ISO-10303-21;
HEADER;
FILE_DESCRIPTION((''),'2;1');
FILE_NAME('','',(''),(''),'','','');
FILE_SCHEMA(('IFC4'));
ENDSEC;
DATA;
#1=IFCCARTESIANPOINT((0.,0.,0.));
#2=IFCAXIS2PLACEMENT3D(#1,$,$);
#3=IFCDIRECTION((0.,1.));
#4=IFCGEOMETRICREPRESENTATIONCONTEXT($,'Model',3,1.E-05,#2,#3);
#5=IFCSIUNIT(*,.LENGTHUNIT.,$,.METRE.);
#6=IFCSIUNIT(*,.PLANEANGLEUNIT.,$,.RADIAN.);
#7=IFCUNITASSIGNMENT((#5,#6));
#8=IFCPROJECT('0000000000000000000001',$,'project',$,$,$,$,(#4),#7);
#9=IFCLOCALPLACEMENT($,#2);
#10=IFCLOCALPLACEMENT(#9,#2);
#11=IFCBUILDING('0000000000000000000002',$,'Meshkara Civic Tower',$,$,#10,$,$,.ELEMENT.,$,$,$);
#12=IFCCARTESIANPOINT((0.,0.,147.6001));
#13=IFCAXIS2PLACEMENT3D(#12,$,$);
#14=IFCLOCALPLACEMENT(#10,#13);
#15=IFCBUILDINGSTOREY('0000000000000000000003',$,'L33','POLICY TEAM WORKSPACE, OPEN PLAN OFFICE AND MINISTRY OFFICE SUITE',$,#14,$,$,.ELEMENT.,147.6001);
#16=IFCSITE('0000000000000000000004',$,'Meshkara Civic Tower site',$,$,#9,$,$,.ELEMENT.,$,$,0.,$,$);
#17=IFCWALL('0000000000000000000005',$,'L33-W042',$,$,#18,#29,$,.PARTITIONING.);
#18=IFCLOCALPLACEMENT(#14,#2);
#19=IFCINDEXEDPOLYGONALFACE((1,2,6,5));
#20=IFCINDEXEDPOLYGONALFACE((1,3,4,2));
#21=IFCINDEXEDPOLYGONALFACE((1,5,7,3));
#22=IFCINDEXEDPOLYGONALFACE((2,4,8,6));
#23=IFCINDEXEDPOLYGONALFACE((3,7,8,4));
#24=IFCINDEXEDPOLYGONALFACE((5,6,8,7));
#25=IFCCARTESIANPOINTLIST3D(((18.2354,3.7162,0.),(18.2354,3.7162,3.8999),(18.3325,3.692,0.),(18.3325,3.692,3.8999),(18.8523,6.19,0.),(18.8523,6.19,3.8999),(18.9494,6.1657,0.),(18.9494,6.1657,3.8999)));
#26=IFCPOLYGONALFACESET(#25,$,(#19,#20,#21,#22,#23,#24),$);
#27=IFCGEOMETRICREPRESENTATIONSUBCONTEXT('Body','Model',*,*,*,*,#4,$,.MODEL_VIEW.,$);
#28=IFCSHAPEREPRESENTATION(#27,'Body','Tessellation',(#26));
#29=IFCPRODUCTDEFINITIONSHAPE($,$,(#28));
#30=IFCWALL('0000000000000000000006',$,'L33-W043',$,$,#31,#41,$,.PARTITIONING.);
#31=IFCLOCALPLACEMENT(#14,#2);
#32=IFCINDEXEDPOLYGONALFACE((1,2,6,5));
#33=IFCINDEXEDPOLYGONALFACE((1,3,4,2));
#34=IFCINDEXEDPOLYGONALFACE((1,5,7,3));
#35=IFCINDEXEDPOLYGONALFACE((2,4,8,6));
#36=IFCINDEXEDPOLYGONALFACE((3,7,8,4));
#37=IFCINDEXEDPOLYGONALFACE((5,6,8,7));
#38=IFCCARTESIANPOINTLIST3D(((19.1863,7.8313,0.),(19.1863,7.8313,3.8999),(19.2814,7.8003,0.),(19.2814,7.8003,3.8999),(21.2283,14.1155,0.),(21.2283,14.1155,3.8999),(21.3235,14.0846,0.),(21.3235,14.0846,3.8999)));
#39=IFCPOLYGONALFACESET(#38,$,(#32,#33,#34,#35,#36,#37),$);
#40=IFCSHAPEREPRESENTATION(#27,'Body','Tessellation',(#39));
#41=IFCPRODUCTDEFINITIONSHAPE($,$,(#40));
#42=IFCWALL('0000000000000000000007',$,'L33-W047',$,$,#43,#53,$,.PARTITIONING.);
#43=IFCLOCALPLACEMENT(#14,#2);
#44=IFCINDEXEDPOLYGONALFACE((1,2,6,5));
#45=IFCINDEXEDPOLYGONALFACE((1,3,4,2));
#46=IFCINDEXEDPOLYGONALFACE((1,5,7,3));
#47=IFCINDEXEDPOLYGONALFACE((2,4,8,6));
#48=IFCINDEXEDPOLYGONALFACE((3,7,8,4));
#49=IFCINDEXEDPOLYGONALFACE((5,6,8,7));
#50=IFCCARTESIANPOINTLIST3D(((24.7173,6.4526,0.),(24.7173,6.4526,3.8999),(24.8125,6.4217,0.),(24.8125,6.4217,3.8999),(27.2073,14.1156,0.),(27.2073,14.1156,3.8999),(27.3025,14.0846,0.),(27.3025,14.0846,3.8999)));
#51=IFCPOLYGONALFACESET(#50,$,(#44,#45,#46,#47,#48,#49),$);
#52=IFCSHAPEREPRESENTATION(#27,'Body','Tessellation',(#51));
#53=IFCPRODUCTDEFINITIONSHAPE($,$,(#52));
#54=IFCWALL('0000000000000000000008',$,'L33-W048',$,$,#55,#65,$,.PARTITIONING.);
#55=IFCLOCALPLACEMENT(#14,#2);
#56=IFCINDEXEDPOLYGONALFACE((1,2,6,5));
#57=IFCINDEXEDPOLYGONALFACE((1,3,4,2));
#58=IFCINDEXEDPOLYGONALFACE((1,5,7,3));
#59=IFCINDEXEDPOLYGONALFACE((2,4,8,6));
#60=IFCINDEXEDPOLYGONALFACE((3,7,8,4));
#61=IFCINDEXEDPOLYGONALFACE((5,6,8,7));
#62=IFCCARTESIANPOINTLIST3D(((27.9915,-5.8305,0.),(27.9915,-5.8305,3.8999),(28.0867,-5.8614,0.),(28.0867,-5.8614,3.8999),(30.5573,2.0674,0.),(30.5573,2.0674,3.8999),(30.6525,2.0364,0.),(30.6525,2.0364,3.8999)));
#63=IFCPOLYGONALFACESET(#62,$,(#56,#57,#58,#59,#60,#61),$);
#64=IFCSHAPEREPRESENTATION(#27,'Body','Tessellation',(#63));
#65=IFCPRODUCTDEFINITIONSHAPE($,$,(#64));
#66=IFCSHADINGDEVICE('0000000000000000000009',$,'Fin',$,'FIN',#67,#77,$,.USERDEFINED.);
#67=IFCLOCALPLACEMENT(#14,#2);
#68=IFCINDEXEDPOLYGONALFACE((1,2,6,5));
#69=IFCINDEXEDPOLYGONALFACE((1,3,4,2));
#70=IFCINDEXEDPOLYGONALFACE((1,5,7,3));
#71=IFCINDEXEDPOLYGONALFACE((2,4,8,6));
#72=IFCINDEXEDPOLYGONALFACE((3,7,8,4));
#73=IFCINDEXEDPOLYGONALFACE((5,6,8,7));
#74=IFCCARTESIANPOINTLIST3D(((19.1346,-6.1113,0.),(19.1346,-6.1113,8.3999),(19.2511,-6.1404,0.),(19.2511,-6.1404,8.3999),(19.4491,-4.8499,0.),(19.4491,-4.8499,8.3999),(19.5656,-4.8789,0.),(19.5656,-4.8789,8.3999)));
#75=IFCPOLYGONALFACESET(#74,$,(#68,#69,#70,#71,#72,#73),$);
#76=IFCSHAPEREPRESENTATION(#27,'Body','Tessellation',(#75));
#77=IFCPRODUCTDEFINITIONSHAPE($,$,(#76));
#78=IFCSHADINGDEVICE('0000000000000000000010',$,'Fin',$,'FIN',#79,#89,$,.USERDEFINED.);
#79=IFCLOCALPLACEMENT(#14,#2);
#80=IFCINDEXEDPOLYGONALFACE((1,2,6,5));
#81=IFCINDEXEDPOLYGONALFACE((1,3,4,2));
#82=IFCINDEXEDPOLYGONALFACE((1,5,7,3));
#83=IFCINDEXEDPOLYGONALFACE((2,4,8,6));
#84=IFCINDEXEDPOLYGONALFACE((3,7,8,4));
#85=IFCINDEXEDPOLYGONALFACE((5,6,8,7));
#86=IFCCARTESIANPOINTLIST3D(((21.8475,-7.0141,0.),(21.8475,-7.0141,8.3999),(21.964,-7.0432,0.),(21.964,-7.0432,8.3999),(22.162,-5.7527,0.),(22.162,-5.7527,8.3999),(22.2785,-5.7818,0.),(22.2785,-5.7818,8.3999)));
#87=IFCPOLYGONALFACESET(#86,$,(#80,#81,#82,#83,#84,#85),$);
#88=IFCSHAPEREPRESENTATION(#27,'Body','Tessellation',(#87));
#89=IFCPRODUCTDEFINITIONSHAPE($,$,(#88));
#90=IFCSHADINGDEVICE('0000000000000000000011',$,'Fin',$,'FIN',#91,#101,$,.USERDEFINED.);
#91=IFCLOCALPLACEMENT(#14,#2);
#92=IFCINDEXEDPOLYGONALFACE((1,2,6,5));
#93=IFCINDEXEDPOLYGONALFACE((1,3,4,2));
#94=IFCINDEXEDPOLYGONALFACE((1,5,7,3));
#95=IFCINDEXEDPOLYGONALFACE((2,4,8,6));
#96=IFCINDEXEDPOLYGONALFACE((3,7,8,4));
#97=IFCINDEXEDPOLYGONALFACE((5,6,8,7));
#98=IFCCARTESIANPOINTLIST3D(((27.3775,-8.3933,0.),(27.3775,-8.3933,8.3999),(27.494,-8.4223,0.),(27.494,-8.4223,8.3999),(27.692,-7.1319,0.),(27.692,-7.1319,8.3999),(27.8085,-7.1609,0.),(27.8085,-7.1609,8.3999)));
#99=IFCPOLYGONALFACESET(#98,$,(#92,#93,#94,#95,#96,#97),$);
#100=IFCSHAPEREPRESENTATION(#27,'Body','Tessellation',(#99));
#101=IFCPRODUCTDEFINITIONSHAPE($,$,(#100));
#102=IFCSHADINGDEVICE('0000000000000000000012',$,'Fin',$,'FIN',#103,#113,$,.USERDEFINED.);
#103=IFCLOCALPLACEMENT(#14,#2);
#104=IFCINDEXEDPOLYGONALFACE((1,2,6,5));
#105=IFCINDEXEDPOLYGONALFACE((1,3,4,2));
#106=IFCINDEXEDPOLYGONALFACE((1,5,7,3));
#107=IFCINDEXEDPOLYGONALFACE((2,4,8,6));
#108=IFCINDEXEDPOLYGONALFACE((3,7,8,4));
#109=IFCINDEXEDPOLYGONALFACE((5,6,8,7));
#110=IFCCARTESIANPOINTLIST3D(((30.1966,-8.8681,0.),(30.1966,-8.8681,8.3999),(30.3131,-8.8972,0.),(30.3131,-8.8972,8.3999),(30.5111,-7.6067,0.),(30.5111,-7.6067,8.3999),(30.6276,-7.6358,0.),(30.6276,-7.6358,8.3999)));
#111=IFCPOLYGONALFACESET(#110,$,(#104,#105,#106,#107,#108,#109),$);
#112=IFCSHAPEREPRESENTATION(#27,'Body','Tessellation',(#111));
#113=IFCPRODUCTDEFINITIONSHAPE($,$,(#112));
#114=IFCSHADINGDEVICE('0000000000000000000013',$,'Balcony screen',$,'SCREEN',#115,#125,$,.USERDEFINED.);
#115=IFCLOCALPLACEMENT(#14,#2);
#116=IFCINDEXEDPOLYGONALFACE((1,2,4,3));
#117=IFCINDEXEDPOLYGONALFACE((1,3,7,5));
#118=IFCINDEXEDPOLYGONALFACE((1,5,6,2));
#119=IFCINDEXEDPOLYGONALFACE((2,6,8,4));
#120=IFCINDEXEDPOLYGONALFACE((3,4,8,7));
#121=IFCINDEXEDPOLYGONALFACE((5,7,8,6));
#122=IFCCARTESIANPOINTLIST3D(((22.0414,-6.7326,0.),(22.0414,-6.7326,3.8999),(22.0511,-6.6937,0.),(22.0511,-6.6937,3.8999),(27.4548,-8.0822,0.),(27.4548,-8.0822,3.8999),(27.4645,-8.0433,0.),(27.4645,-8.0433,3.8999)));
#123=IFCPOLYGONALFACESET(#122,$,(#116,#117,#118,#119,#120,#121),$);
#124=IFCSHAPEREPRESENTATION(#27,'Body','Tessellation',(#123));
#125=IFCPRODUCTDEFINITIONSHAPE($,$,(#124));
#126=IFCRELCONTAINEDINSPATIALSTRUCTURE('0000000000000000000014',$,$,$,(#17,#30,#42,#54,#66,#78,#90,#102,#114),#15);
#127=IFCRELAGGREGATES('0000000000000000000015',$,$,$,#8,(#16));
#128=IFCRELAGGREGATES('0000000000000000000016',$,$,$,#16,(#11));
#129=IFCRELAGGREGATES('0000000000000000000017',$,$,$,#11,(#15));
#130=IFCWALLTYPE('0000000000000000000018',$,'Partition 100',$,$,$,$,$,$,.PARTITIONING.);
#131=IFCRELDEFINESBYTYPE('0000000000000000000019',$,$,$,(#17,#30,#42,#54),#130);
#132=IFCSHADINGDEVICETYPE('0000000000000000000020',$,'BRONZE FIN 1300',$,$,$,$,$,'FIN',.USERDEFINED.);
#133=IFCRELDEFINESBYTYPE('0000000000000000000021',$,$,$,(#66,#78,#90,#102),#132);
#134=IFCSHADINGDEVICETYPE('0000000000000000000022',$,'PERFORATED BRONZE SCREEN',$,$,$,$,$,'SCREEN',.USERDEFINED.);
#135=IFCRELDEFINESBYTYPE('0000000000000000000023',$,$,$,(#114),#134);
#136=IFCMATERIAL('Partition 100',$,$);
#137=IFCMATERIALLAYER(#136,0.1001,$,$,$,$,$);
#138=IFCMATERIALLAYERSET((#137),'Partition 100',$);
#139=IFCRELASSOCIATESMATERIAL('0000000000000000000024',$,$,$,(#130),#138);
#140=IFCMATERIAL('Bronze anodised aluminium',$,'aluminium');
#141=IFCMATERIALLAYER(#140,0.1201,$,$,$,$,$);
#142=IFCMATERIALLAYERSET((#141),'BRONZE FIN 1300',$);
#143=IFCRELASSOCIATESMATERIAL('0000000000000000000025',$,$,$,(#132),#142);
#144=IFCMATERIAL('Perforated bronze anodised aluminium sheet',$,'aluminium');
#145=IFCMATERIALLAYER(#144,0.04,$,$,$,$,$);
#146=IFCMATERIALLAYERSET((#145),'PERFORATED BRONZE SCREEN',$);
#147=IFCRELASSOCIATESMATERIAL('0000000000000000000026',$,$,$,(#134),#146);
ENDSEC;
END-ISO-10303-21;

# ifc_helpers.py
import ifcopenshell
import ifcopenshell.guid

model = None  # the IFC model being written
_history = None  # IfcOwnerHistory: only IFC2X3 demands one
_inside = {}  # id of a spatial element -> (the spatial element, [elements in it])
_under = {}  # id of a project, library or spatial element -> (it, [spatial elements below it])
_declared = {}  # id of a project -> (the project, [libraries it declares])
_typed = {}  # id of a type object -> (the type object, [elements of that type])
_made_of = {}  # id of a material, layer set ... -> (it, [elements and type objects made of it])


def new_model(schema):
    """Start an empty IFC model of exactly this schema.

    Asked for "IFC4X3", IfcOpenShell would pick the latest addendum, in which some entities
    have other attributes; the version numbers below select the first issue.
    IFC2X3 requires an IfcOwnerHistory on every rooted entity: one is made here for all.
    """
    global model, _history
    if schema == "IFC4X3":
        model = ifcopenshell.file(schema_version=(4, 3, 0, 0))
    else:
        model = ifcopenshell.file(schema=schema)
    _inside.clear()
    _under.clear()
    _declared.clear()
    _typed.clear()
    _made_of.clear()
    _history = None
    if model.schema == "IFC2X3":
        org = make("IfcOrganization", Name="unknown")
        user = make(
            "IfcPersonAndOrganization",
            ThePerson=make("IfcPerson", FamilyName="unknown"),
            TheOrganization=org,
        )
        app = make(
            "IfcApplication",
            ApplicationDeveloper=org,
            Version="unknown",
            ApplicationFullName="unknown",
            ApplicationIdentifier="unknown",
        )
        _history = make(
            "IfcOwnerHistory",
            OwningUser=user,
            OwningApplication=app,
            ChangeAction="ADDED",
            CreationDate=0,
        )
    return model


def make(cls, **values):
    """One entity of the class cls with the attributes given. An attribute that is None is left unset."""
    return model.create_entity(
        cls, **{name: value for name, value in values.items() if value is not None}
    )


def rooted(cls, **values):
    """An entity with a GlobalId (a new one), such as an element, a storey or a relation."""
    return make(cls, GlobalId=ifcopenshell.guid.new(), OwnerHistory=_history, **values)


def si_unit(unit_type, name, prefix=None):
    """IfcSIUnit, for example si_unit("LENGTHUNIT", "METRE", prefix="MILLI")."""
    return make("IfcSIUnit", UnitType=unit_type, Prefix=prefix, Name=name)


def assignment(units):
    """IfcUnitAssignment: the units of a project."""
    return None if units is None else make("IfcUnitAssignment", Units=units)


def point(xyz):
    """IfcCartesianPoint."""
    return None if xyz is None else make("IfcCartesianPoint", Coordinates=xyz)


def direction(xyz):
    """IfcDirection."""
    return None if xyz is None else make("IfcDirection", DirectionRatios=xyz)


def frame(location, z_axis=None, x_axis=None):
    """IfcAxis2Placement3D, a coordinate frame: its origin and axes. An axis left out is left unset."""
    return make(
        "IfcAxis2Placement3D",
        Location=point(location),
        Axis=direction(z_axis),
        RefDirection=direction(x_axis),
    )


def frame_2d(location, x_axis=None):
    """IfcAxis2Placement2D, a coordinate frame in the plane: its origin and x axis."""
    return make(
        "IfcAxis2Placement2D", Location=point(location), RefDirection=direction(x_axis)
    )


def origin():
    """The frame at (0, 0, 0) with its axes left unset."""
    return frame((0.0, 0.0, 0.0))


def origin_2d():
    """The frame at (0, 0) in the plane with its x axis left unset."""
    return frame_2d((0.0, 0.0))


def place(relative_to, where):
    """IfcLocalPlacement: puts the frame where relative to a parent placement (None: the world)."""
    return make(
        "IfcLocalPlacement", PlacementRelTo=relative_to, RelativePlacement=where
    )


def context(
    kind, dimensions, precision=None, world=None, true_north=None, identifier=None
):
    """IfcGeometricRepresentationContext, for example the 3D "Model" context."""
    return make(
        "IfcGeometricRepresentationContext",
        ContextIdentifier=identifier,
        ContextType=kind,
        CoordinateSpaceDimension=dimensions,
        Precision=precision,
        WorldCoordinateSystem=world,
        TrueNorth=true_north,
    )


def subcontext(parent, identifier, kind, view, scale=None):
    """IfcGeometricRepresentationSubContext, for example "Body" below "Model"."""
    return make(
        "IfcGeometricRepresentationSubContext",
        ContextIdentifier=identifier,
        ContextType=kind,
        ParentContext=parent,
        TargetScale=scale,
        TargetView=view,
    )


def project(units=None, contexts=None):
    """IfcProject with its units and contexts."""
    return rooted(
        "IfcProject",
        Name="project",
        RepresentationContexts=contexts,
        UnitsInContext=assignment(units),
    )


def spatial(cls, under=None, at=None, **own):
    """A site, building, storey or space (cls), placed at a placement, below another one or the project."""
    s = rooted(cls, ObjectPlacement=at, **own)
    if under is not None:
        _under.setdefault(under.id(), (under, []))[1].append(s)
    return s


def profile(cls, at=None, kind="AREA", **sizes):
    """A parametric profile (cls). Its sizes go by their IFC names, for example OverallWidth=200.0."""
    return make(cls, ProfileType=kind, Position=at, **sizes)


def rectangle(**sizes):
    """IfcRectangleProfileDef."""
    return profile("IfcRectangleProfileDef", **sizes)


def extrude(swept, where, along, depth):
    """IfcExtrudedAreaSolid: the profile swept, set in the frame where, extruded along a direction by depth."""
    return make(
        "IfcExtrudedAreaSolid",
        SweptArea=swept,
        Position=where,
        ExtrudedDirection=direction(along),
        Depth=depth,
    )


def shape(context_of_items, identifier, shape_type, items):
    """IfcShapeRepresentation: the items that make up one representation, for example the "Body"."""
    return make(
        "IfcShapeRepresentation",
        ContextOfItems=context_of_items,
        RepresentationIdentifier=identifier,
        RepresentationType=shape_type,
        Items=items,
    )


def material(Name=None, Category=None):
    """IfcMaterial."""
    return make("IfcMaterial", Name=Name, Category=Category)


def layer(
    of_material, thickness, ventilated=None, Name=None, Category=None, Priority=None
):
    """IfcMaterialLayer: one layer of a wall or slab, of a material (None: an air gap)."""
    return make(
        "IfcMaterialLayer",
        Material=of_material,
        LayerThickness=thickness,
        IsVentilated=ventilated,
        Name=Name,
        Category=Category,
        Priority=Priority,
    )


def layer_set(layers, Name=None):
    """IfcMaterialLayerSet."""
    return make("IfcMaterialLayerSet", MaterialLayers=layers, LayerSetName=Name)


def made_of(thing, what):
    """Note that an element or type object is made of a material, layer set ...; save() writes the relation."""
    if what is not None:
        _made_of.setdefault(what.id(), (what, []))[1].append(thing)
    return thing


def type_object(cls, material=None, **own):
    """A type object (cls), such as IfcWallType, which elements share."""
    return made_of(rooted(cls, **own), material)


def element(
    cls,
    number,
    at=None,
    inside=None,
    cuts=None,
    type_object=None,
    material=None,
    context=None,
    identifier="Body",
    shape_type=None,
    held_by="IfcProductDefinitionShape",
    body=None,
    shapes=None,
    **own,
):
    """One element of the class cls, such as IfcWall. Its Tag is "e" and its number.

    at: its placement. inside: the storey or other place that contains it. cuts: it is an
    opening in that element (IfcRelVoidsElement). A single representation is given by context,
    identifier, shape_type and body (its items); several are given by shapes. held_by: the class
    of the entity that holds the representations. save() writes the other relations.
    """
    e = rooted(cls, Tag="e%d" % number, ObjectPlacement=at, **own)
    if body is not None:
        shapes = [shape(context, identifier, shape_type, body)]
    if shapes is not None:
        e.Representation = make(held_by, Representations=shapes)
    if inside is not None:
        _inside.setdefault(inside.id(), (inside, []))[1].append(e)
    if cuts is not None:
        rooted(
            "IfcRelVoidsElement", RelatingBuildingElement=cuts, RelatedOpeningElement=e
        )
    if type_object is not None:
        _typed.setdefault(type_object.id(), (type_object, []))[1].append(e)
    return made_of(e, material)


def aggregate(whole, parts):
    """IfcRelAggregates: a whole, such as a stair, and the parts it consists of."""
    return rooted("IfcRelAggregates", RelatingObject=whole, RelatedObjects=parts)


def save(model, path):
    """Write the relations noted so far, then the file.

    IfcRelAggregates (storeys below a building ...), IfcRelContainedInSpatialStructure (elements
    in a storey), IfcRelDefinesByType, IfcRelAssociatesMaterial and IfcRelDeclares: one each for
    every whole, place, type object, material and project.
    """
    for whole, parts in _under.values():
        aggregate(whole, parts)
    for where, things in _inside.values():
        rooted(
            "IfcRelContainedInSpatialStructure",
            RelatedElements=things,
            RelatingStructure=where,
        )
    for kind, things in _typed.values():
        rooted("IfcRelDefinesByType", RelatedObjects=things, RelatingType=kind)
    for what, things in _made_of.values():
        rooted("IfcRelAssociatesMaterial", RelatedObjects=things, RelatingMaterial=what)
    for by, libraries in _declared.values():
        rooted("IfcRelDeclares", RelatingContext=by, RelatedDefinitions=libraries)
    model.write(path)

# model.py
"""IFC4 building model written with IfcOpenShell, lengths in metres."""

from ifc_helpers import new_model, si_unit, direction, frame, frame_2d, origin, origin_2d, place, context, subcontext, project, spatial, rectangle, extrude, material, layer, layer_set, type_object, element, save


model = new_model("IFC4")

# Units and contexts
model_context = context("Model", 3, precision=1e-05, world=origin(), true_north=direction((0.0, 1.0)))
body_context = subcontext(model_context, "Body", "Model", "MODEL_VIEW")
ifc_project = project(units=[si_unit("LENGTHUNIT", "METRE"), si_unit("PLANEANGLEUNIT", "RADIAN")], contexts=[model_context])

# Site, building, storey
site_placement = place(None, origin())
site = spatial("IfcSite", under=ifc_project, at=site_placement, Name="Meshkara Civic Tower site", CompositionType="ELEMENT", RefElevation=0.0)
building_placement = place(site_placement, origin())
building = spatial("IfcBuilding", under=site, at=building_placement, Name="Meshkara Civic Tower", CompositionType="ELEMENT")
storey_placement = place(building_placement, frame((0.0, 0.0, 147.6001)))
storey = spatial("IfcBuildingStorey", under=building, at=storey_placement, Name="L33", Description="POLICY TEAM WORKSPACE, OPEN PLAN OFFICE AND MINISTRY OFFICE SUITE", CompositionType="ELEMENT", Elevation=147.6001)

# Walls
ifc_material_1 = material(Name="Partition 100")
ifc_layer_1 = layer(ifc_material_1, 0.1001)
ifc_layer_set_1 = layer_set([ifc_layer_1], Name="Partition 100")
wall_type_1 = type_object("IfcWallType", Name="Partition 100", PredefinedType="PARTITIONING", material=ifc_layer_set_1)
wall_1_placement = place(storey_placement, frame((18.9009, 6.178, 0.0), z_axis=(0.0, 0.0, 1.0), x_axis=(-0.241972, -0.970283, 0.0)))
element("IfcWall", 1, at=wall_1_placement, inside=storey, type_object=wall_type_1, Name="L33-W042", PredefinedType="PARTITIONING", context=body_context, shape_type="SweptSolid", body=[
    extrude(rectangle(XDim=2.5496, YDim=0.1001, at=frame_2d((1.2749, 0.0))), origin(), (0.0, 0.0, 1.0), 3.8999),
])
wall_2_placement = place(storey_placement, frame((19.2339, 7.8159, 0.0), z_axis=(0.0, 0.0, 1.0), x_axis=(0.309036, 0.95105, 0.0)))
element("IfcWall", 2, at=wall_2_placement, inside=storey, type_object=wall_type_1, Name="L33-W043", PredefinedType="PARTITIONING", context=body_context, shape_type="SweptSolid", body=[
    extrude(rectangle(XDim=6.6077, YDim=0.1001, at=frame_2d((3.3037, 0.0))), origin(), (0.0, 0.0, 1.0), 3.8999),
])
wall_3_placement = place(storey_placement, frame((24.7649, 6.437, 0.0), z_axis=(0.0, 0.0, 1.0), x_axis=(0.309029, 0.951053, 0.0)))
element("IfcWall", 3, at=wall_3_placement, inside=storey, type_object=wall_type_1, Name="L33-W047", PredefinedType="PARTITIONING", context=body_context, shape_type="SweptSolid", body=[
    extrude(rectangle(XDim=8.0574, YDim=0.1001, at=frame_2d((4.0288, 0.0))), origin(), (0.0, 0.0, 1.0), 3.8999),
])
wall_4_placement = place(storey_placement, frame((28.0391, -5.8459, 0.0), z_axis=(0.0, 0.0, 1.0), x_axis=(0.308986, 0.951066, 0.0)))
element("IfcWall", 4, at=wall_4_placement, inside=storey, type_object=wall_type_1, Name="L33-W048", PredefinedType="PARTITIONING", context=body_context, shape_type="SweptSolid", body=[
    extrude(rectangle(XDim=8.3042, YDim=0.1001, at=frame_2d((4.1521, 0.0))), origin(), (0.0, 0.0, 1.0), 3.8999),
])

# Shading devices
ifc_material_2 = material(Name="Bronze anodised aluminium", Category="aluminium")
ifc_layer_2 = layer(ifc_material_2, 0.1201)
ifc_layer_set_2 = layer_set([ifc_layer_2], Name="BRONZE FIN 1300")
shading_device_type_1 = type_object("IfcShadingDeviceType", Name="BRONZE FIN 1300", ElementType="FIN", PredefinedType="USERDEFINED", material=ifc_layer_set_2)
for number, where, z_axis, x_axis, name in (
    (5, (19.3501, -5.4951, 0.0), (0.0, 0.0, 1.0), (0.9703, -0.241905, 0.0), "Fin"),
    (6, (22.063, -6.3979, 0.0), (0.0, 0.0, 1.0), (0.9703, -0.241905, 0.0), "Fin"),
    (7, (27.593, -7.7771, 0.0), (0.0, 0.0, 1.0), (0.9703, -0.241905, 0.0), "Fin"),
    (8, (30.4121, -8.252, 0.0), (0.0, 0.0, 1.0), (0.9703, -0.241905, 0.0), "Fin"),
):
    element("IfcShadingDevice", number, at=place(storey_placement, frame(where, z_axis=z_axis, x_axis=x_axis)), inside=storey, type_object=shading_device_type_1, Name=name, ObjectType="FIN", PredefinedType="USERDEFINED", context=body_context, shape_type="SweptSolid", body=[
        extrude(rectangle(XDim=0.1201, YDim=1.3, at=origin_2d()), origin(), (0.0, 0.0, 1.0), 8.3999),
    ])
ifc_material_3 = material(Name="Perforated bronze anodised aluminium sheet", Category="aluminium")
ifc_layer_3 = layer(ifc_material_3, 0.04)
ifc_layer_set_3 = layer_set([ifc_layer_3], Name="PERFORATED BRONZE SCREEN")
shading_device_type_2 = type_object("IfcShadingDeviceType", Name="PERFORATED BRONZE SCREEN", ElementType="SCREEN", PredefinedType="USERDEFINED", material=ifc_layer_set_3)
shading_device_placement = place(storey_placement, frame((24.7529, -7.3879, 0.0), z_axis=(0.0, 0.0, 1.0), x_axis=(0.9703, -0.241905, 0.0)))
element("IfcShadingDevice", 9, at=shading_device_placement, inside=storey, type_object=shading_device_type_2, Name="Balcony screen", ObjectType="SCREEN", PredefinedType="USERDEFINED", context=body_context, shape_type="SweptSolid", body=[
    extrude(rectangle(XDim=5.5791, YDim=0.04, at=origin_2d()), origin(), (0.0, 0.0, 1.0), 3.8999),
])

save(model, "model.ifc")
